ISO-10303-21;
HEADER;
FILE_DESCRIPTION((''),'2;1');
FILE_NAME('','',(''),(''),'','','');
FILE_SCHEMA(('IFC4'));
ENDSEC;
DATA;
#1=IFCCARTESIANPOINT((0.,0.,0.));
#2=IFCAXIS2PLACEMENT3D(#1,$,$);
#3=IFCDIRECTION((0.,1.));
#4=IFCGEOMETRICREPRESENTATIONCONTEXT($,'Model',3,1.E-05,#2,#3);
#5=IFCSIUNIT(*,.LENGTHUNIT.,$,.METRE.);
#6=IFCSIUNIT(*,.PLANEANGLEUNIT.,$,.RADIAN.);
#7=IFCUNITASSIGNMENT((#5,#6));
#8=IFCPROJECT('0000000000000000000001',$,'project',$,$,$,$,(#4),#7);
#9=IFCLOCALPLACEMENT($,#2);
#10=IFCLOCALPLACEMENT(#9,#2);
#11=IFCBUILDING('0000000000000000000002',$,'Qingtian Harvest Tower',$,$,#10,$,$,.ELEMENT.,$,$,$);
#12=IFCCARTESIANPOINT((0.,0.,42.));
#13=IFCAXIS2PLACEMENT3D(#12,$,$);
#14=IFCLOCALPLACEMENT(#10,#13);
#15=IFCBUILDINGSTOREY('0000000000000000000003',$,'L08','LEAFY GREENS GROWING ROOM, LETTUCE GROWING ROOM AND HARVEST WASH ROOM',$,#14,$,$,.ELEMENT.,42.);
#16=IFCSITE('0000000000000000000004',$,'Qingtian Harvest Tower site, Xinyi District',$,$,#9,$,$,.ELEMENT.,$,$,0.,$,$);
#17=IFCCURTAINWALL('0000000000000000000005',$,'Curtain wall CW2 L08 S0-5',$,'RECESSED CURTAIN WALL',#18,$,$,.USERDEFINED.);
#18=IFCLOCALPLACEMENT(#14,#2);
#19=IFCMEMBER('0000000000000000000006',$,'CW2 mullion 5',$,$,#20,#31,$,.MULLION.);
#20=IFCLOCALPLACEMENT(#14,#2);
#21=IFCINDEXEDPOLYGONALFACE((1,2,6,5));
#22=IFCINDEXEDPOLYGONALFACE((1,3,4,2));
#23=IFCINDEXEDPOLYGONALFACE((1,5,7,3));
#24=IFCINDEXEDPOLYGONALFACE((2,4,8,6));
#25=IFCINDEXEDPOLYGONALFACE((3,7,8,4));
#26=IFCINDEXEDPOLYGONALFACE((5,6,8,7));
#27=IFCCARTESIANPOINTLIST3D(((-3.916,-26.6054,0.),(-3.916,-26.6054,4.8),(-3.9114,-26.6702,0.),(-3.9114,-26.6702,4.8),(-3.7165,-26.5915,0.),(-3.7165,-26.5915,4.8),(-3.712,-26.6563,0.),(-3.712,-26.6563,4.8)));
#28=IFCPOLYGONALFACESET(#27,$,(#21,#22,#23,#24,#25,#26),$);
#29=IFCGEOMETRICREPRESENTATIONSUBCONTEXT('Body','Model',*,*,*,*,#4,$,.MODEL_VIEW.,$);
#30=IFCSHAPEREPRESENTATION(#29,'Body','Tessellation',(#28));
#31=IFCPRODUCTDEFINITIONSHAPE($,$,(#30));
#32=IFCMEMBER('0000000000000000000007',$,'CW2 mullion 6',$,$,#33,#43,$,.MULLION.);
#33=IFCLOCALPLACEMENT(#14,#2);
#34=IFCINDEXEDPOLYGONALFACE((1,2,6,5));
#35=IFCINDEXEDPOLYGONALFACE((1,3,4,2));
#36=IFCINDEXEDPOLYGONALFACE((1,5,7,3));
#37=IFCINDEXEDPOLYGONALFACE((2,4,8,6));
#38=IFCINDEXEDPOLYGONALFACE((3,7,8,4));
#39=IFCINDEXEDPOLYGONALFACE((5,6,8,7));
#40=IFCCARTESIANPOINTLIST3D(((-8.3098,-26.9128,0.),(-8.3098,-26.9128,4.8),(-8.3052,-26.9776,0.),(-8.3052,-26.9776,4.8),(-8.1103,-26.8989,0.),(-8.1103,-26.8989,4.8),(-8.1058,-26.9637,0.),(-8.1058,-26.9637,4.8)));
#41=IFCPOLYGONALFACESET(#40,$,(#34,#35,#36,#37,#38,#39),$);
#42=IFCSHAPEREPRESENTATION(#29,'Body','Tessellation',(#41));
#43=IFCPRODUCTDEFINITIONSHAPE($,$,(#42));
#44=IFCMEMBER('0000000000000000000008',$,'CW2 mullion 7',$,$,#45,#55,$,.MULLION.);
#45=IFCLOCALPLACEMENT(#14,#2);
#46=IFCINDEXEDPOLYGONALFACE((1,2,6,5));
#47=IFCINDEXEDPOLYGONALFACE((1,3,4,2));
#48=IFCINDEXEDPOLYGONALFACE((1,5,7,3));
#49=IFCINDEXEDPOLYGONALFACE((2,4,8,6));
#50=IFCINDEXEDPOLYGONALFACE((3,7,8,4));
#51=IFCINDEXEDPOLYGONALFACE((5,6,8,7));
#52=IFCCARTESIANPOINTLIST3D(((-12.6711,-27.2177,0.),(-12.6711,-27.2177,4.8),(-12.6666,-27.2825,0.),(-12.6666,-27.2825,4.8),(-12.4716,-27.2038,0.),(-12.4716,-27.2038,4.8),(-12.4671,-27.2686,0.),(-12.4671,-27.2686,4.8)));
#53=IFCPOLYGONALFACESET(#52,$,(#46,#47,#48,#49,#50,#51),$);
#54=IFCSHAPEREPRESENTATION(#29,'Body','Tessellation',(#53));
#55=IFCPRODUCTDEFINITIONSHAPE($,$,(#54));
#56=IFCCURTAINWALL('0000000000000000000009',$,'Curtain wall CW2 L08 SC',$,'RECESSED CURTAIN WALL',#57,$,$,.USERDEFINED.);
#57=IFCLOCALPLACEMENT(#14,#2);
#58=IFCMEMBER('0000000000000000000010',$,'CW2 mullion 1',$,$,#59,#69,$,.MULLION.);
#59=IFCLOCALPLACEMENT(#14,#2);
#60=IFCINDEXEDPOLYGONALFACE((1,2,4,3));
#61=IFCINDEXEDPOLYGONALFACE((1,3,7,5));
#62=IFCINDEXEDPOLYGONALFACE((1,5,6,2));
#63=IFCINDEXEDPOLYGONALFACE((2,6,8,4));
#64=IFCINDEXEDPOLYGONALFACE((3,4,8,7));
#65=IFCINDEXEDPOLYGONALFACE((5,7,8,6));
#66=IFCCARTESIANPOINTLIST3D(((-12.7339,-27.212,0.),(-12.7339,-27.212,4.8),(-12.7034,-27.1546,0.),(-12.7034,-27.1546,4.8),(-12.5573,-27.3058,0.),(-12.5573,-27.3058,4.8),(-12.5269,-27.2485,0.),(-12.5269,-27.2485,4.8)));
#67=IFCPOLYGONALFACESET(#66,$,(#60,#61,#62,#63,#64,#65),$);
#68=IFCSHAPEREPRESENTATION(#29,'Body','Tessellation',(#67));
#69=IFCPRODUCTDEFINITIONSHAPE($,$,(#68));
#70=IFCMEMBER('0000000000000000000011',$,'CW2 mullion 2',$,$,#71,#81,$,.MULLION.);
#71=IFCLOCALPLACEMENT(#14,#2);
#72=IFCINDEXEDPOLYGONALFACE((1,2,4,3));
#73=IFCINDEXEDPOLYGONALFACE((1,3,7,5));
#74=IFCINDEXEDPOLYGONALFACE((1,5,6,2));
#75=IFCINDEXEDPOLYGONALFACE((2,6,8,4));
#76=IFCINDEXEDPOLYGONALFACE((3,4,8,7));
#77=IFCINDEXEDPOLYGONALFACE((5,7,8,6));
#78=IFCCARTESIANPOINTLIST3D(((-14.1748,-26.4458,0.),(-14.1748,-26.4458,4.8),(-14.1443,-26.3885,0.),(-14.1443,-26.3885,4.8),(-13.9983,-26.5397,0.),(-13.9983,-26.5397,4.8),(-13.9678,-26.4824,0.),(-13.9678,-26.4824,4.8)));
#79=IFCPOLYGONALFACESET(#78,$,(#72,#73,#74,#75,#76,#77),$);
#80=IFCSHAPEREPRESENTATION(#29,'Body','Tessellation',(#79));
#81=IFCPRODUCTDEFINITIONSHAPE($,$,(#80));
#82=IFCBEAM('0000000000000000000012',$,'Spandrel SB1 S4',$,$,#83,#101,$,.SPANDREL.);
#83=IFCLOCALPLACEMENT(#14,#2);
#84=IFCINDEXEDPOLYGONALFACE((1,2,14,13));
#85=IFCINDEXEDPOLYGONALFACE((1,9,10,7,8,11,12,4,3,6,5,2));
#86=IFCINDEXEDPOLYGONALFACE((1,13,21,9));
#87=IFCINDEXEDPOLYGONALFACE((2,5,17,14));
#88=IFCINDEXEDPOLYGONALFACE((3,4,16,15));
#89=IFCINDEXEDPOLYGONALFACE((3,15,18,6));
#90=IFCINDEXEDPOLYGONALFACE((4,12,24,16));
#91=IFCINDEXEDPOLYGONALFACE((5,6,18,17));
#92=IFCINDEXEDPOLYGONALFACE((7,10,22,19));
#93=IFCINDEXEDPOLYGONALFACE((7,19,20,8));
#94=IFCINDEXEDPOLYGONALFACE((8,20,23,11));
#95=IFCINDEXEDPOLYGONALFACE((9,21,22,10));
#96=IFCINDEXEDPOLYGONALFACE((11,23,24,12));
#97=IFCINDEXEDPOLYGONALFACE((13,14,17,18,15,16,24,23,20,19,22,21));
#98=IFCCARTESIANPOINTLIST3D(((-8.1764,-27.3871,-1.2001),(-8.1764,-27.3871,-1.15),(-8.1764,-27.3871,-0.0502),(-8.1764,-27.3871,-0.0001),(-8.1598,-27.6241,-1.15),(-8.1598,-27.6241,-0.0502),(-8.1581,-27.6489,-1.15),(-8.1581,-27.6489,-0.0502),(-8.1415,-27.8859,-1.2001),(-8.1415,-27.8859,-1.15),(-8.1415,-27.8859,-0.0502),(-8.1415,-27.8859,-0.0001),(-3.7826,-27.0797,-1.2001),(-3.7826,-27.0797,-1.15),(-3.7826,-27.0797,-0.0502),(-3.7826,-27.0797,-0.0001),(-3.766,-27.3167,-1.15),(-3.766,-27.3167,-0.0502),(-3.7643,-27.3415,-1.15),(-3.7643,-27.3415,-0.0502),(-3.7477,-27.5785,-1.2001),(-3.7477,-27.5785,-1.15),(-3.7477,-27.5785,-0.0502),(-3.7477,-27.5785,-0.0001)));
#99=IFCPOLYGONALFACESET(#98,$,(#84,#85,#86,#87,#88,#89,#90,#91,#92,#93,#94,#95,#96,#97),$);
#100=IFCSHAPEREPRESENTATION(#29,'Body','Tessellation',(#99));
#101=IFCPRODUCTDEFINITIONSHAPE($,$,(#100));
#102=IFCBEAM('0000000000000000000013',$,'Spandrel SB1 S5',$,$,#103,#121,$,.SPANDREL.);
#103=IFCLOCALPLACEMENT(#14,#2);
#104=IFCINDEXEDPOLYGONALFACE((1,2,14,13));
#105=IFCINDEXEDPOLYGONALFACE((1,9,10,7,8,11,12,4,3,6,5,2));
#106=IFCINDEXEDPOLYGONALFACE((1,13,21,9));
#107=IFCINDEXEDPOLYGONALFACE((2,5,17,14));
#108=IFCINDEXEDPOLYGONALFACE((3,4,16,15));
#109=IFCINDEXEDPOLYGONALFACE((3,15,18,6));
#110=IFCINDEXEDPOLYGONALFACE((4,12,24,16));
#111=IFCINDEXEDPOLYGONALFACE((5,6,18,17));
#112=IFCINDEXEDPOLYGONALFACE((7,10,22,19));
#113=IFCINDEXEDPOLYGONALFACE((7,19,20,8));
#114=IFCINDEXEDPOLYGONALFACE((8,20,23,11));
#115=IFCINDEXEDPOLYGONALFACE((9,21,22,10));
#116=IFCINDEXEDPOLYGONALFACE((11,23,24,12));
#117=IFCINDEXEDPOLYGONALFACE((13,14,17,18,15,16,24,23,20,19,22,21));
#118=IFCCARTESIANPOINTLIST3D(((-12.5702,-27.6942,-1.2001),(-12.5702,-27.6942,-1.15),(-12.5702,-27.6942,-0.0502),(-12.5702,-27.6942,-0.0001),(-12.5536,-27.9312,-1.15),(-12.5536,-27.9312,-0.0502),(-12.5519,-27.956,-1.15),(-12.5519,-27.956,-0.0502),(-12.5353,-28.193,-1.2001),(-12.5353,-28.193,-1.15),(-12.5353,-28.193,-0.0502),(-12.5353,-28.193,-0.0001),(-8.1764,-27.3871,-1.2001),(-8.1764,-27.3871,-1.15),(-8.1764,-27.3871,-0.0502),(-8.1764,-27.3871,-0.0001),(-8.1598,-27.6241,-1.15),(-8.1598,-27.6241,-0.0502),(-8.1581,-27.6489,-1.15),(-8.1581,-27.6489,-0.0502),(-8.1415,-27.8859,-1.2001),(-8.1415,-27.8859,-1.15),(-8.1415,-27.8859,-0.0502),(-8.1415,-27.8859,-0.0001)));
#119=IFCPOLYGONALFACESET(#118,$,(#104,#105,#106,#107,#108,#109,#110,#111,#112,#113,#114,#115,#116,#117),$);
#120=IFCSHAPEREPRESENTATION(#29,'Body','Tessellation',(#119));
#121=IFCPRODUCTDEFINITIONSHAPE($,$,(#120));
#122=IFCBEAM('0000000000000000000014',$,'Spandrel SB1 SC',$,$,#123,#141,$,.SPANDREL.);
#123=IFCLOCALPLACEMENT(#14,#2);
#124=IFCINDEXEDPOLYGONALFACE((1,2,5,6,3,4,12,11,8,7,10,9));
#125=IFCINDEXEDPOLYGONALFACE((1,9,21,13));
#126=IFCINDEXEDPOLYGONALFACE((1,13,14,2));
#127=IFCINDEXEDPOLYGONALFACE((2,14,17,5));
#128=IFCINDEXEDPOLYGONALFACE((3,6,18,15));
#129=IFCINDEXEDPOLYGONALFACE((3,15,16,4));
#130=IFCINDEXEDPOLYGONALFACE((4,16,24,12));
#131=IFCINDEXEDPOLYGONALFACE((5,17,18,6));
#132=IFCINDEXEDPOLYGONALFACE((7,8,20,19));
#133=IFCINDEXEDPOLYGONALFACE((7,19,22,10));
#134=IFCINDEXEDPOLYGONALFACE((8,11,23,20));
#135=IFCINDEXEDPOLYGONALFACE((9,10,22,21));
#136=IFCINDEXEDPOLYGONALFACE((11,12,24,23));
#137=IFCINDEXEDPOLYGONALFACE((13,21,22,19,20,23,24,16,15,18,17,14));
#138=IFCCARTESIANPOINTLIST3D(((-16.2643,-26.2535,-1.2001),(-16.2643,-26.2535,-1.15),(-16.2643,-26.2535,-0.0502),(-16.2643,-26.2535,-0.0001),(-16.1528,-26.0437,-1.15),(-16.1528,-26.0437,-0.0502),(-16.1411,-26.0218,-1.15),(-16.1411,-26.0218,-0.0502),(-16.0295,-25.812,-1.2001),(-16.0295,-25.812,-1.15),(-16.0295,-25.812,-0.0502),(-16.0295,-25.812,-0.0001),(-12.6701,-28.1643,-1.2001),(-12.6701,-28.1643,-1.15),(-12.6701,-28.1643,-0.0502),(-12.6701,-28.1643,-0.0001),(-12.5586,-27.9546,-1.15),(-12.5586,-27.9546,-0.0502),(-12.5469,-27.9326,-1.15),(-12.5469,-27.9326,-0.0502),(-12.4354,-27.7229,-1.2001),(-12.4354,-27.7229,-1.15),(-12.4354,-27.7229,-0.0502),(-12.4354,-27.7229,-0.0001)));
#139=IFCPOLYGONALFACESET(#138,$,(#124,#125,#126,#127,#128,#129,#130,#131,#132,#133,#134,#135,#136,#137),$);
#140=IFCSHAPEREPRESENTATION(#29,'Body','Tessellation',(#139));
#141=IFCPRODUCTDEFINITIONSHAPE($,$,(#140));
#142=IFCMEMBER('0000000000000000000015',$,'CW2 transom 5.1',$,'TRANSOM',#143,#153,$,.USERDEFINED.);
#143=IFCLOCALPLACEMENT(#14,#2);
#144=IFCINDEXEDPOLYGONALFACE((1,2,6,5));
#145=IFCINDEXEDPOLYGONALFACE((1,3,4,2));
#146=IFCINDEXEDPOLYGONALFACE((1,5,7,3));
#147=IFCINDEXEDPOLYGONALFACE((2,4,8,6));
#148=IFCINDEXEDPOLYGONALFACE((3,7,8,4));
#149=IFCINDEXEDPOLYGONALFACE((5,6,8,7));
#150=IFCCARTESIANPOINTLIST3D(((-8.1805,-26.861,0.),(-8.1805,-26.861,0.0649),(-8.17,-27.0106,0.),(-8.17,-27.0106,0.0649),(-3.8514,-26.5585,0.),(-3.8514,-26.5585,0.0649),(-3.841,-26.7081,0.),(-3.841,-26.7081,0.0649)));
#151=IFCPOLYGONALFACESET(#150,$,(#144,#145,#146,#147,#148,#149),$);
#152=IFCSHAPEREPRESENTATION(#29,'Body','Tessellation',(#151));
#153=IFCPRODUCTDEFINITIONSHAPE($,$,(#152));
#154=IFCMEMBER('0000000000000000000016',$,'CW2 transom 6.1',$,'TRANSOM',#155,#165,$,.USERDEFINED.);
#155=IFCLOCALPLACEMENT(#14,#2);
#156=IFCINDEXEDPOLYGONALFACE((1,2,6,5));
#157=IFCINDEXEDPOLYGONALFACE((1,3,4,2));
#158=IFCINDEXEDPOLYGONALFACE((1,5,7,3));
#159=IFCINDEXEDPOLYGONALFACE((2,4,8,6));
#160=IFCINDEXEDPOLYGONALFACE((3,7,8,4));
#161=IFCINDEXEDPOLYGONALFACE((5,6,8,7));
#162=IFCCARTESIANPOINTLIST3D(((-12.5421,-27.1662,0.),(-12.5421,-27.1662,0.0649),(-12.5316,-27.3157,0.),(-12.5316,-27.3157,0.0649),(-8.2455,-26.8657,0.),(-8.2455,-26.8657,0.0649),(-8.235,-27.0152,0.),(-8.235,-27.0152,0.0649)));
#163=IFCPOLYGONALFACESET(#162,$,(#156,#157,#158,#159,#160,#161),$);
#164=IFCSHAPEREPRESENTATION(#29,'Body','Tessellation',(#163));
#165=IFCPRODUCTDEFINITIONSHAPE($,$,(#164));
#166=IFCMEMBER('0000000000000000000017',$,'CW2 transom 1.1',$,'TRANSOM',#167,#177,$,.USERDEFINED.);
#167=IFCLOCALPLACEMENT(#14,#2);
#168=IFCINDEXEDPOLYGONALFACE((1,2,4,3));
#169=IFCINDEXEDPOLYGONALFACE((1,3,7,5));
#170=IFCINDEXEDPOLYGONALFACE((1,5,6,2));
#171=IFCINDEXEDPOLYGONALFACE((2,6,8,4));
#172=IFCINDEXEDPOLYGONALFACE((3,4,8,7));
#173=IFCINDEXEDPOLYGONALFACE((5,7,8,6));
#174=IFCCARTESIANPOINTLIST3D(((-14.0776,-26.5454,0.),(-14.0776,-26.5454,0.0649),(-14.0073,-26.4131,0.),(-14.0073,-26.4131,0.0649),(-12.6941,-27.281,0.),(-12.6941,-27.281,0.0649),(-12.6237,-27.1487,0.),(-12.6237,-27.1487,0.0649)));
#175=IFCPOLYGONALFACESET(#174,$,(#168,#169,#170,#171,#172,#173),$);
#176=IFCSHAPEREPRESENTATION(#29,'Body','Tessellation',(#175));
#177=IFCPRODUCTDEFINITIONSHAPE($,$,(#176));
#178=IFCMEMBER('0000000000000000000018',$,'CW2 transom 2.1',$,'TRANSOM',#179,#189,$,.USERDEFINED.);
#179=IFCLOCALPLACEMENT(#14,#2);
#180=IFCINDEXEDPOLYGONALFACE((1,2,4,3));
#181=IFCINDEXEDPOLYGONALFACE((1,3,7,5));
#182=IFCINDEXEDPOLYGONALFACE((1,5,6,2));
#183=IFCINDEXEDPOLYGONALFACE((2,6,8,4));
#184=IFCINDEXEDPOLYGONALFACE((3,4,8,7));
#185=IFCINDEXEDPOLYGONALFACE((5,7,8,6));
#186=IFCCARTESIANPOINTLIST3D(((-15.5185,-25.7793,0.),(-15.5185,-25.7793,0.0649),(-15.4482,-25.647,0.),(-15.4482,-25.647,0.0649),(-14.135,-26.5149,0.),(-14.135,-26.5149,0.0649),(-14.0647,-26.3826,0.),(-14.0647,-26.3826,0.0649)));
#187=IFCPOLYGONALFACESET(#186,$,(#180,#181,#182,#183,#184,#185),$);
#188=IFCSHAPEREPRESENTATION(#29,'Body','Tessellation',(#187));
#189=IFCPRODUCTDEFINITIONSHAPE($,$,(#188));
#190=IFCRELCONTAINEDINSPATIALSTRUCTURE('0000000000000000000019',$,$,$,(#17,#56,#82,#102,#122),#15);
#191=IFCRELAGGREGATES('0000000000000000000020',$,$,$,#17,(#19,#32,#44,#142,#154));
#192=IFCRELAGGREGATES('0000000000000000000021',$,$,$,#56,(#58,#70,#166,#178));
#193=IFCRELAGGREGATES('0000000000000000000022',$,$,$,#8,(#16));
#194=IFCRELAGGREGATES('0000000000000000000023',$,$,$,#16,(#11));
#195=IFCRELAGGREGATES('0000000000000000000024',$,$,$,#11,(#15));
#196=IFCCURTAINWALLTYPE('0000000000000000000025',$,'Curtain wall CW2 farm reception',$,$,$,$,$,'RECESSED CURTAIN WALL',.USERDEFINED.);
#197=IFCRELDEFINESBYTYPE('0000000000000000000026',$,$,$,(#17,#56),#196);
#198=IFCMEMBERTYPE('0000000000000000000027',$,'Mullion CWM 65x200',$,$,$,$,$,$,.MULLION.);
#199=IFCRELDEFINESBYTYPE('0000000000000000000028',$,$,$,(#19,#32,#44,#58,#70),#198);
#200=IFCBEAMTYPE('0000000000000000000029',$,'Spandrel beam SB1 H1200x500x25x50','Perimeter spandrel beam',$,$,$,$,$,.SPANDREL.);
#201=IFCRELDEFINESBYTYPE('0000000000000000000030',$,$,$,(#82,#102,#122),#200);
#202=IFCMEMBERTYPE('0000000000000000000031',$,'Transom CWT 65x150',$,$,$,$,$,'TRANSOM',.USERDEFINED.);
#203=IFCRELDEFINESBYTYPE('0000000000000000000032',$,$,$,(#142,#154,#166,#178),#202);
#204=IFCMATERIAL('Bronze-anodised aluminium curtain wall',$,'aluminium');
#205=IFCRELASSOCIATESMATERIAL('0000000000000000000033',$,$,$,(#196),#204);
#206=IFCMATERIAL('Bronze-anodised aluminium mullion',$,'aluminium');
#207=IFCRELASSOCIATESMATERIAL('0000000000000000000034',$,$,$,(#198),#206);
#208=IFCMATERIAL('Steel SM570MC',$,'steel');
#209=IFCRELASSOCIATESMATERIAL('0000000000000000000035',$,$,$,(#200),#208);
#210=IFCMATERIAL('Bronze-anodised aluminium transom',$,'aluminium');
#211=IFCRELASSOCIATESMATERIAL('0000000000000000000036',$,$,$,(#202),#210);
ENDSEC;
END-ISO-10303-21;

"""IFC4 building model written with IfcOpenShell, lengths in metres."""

from ifc_helpers import new_model, si_unit, direction, frame, origin, origin_2d, place, context, subcontext, project, spatial, rectangle, i_section, extrude, material, material_profile, profile_set, type_object, element, aggregate, save


model = new_model("IFC4")

# Units and contexts
model_context = context("Model", 3, precision=1e-05, world=origin(), true_north=direction((0.0, 1.0)))
body_context = subcontext(model_context, "Body", "Model", "MODEL_VIEW")
ifc_project = project(units=[si_unit("LENGTHUNIT", "METRE"), si_unit("PLANEANGLEUNIT", "RADIAN")], contexts=[model_context])

# Site, building, storey
site_placement = place(None, origin())
site = spatial("IfcSite", under=ifc_project, at=site_placement, Name="Qingtian Harvest Tower site, Xinyi District", CompositionType="ELEMENT", RefElevation=0.0)
building_placement = place(site_placement, origin())
building = spatial("IfcBuilding", under=site, at=building_placement, Name="Qingtian Harvest Tower", CompositionType="ELEMENT")
storey_placement = place(building_placement, frame((0.0, 0.0, 42.0)))
storey = spatial("IfcBuildingStorey", under=building, at=storey_placement, Name="L08", Description="LEAFY GREENS GROWING ROOM, LETTUCE GROWING ROOM AND HARVEST WASH ROOM", CompositionType="ELEMENT", Elevation=42.0)

# Curtain walls, members
ifc_material_1 = material(Name="Bronze-anodised aluminium curtain wall", Category="aluminium")
curtain_wall_type = type_object("IfcCurtainWallType", Name="Curtain wall CW2 farm reception", ElementType="RECESSED CURTAIN WALL", PredefinedType="USERDEFINED", material=ifc_material_1)
curtain_wall_1_placement = place(storey_placement, origin())
curtain_wall_1 = element("IfcCurtainWall", 1, at=curtain_wall_1_placement, inside=storey, type_object=curtain_wall_type, Name="Curtain wall CW2 L08 S0-5", ObjectType="RECESSED CURTAIN WALL", PredefinedType="USERDEFINED")
ifc_material_2 = material(Name="Bronze-anodised aluminium mullion", Category="aluminium")
ifc_material_profile_1 = material_profile(ifc_material_2, rectangle(XDim=0.0649, YDim=0.2, at=origin_2d()), Name="AL 65x200")
ifc_profile_set_1 = profile_set([ifc_material_profile_1], Name="Bronze-anodised aluminium mullion")
member_type_1 = type_object("IfcMemberType", Name="Mullion CWM 65x200", PredefinedType="MULLION", material=ifc_profile_set_1)
member_1_placement = place(storey_placement, frame((-3.814, -26.6309, 0.0), z_axis=(0.0, 0.0, 1.0), x_axis=(0.069756, -0.997564, 0.0)))
member_1 = element("IfcMember", 2, at=member_1_placement, type_object=member_type_1, Name="CW2 mullion 5", PredefinedType="MULLION", context=body_context, shape_type="SweptSolid", body=[
    extrude(rectangle(XDim=0.0649, YDim=0.2, at=origin_2d()), origin(), (0.0, 0.0, 1.0), 4.8),
])
member_2_placement = place(storey_placement, frame((-8.2078, -26.9382, 0.0), z_axis=(0.0, 0.0, 1.0), x_axis=(0.069756, -0.997564, 0.0)))
member_2 = element("IfcMember", 3, at=member_2_placement, type_object=member_type_1, Name="CW2 mullion 6", PredefinedType="MULLION", context=body_context, shape_type="SweptSolid", body=[
    extrude(rectangle(XDim=0.0649, YDim=0.2, at=origin_2d()), origin(), (0.0, 0.0, 1.0), 4.8),
])
member_3_placement = place(storey_placement, frame((-12.5691, -27.2432, 0.0), z_axis=(0.0, 0.0, 1.0), x_axis=(0.069756, -0.997564, 0.0)))
member_3 = element("IfcMember", 4, at=member_3_placement, type_object=member_type_1, Name="CW2 mullion 7", PredefinedType="MULLION", context=body_context, shape_type="SweptSolid", body=[
    extrude(rectangle(XDim=0.0649, YDim=0.2, at=origin_2d()), origin(), (0.0, 0.0, 1.0), 4.8),
])
curtain_wall_2_placement = place(storey_placement, origin())
curtain_wall_2 = element("IfcCurtainWall", 5, at=curtain_wall_2_placement, inside=storey, type_object=curtain_wall_type, Name="Curtain wall CW2 L08 SC", ObjectType="RECESSED CURTAIN WALL", PredefinedType="USERDEFINED")
member_4_placement = place(storey_placement, frame((-12.6304, -27.2302, 0.0), z_axis=(0.0, 0.0, 1.0), x_axis=(-0.469472, -0.882948, 0.0)))
member_4 = element("IfcMember", 6, at=member_4_placement, type_object=member_type_1, Name="CW2 mullion 1", PredefinedType="MULLION", context=body_context, shape_type="SweptSolid", body=[
    extrude(rectangle(XDim=0.0649, YDim=0.2, at=origin_2d()), origin(), (0.0, 0.0, 1.0), 4.8),
])
member_5_placement = place(storey_placement, frame((-14.0713, -26.4641, 0.0), z_axis=(0.0, 0.0, 1.0), x_axis=(-0.469472, -0.882948, 0.0)))
member_5 = element("IfcMember", 7, at=member_5_placement, type_object=member_type_1, Name="CW2 mullion 2", PredefinedType="MULLION", context=body_context, shape_type="SweptSolid", body=[
    extrude(rectangle(XDim=0.0649, YDim=0.2, at=origin_2d()), origin(), (0.0, 0.0, 1.0), 4.8),
])

# Beams
ifc_material_3 = material(Name="Steel SM570MC", Category="steel")
ifc_material_profile_2 = material_profile(ifc_material_3, i_section(OverallWidth=0.5, OverallDepth=1.2, WebThickness=0.0249, FlangeThickness=0.05, at=origin_2d()), Name="H1200x500x25x50")
ifc_profile_set_2 = profile_set([ifc_material_profile_2], Name="Steel SM570MC")
beam_type_1 = type_object("IfcBeamType", Name="Spandrel beam SB1 H1200x500x25x50", Description="Perimeter spandrel beam", PredefinedType="SPANDREL", material=ifc_profile_set_2)
for number, where, z_axis, x_axis, name in (
    (8, (-3.7651, -27.3291, -0.6001), (-0.997562, -0.069786, 0.0), (0.069786, -0.997562, 0.0), "Spandrel SB1 S4"),
    (9, (-8.1589, -27.6365, -0.6001), (-0.997566, -0.06973, 0.0), (0.06973, -0.997566, 0.0), "Spandrel SB1 S5"),
):
    element("IfcBeam", number, at=place(storey_placement, frame(where, z_axis=z_axis, x_axis=x_axis)), inside=storey, type_object=beam_type_1, Name=name, PredefinedType="SPANDREL", context=body_context, shape_type="SweptSolid", body=[
        extrude(i_section(OverallWidth=0.5, OverallDepth=1.2, WebThickness=0.0249, FlangeThickness=0.05, at=origin_2d()), origin(), (0.0, 0.0, 1.0), 4.4045),
    ])
beam_1_placement = place(storey_placement, frame((-12.5527, -27.9436, -0.6001), z_axis=(-0.882968, 0.469433, 0.0), x_axis=(-0.469433, -0.882968, 0.0)))
element("IfcBeam", 10, at=beam_1_placement, inside=storey, type_object=beam_type_1, Name="Spandrel SB1 SC", PredefinedType="SPANDREL", context=body_context, shape_type="SweptSolid", body=[
    extrude(i_section(OverallWidth=0.5, OverallDepth=1.2, WebThickness=0.0249, FlangeThickness=0.05, at=origin_2d()), origin(), (0.0, 0.0, 1.0), 4.0706),
])

# Members
ifc_material_4 = material(Name="Bronze-anodised aluminium transom", Category="aluminium")
ifc_material_profile_3 = material_profile(ifc_material_4, rectangle(XDim=0.1499, YDim=0.0649, at=origin_2d()), Name="AL 65x150")
ifc_profile_set_3 = profile_set([ifc_material_profile_3], Name="Bronze-anodised aluminium transom")
member_type_2 = type_object("IfcMemberType", Name="Transom CWT 65x150", ElementType="TRANSOM", PredefinedType="USERDEFINED", material=ifc_profile_set_3)
member_6_placement = place(storey_placement, frame((-3.8462, -26.6333, 0.0325), z_axis=(-0.997568, -0.069704, 0.0), x_axis=(0.069704, -0.997568, 0.0)))
member_6 = element("IfcMember", 11, at=member_6_placement, type_object=member_type_2, Name="CW2 transom 5.1", ObjectType="TRANSOM", PredefinedType="USERDEFINED", context=body_context, shape_type="SweptSolid", body=[
    extrude(rectangle(XDim=0.1499, YDim=0.0649, at=origin_2d()), origin(), (0.0, 0.0, 1.0), 4.3396),
])
member_7_placement = place(storey_placement, frame((-8.2402, -26.9404, 0.0325), z_axis=(-0.997563, -0.069777, 0.0), x_axis=(0.069777, -0.997563, 0.0)))
member_7 = element("IfcMember", 12, at=member_7_placement, type_object=member_type_2, Name="CW2 transom 6.1", ObjectType="TRANSOM", PredefinedType="USERDEFINED", context=body_context, shape_type="SweptSolid", body=[
    extrude(rectangle(XDim=0.1499, YDim=0.0649, at=origin_2d()), origin(), (0.0, 0.0, 1.0), 4.3071),
])
member_8_placement = place(storey_placement, frame((-12.6589, -27.2148, 0.0325), z_axis=(-0.88296, 0.469448, 0.0), x_axis=(-0.469448, -0.88296, 0.0)))
member_8 = element("IfcMember", 13, at=member_8_placement, type_object=member_type_2, Name="CW2 transom 1.1", ObjectType="TRANSOM", PredefinedType="USERDEFINED", context=body_context, shape_type="SweptSolid", body=[
    extrude(rectangle(XDim=0.1499, YDim=0.0649, at=origin_2d()), origin(), (0.0, 0.0, 1.0), 1.5669),
])
member_9_placement = place(storey_placement, frame((-14.0999, -26.4487, 0.0325), z_axis=(-0.88296, 0.469448, 0.0), x_axis=(-0.469448, -0.88296, 0.0)))
member_9 = element("IfcMember", 14, at=member_9_placement, type_object=member_type_2, Name="CW2 transom 2.1", ObjectType="TRANSOM", PredefinedType="USERDEFINED", context=body_context, shape_type="SweptSolid", body=[
    extrude(rectangle(XDim=0.1499, YDim=0.0649, at=origin_2d()), origin(), (0.0, 0.0, 1.0), 1.5669),
])

aggregate(curtain_wall_1, [member_1, member_2, member_3, member_6, member_7])
aggregate(curtain_wall_2, [member_4, member_5, member_8, member_9])

save(model, "model.ifc")
